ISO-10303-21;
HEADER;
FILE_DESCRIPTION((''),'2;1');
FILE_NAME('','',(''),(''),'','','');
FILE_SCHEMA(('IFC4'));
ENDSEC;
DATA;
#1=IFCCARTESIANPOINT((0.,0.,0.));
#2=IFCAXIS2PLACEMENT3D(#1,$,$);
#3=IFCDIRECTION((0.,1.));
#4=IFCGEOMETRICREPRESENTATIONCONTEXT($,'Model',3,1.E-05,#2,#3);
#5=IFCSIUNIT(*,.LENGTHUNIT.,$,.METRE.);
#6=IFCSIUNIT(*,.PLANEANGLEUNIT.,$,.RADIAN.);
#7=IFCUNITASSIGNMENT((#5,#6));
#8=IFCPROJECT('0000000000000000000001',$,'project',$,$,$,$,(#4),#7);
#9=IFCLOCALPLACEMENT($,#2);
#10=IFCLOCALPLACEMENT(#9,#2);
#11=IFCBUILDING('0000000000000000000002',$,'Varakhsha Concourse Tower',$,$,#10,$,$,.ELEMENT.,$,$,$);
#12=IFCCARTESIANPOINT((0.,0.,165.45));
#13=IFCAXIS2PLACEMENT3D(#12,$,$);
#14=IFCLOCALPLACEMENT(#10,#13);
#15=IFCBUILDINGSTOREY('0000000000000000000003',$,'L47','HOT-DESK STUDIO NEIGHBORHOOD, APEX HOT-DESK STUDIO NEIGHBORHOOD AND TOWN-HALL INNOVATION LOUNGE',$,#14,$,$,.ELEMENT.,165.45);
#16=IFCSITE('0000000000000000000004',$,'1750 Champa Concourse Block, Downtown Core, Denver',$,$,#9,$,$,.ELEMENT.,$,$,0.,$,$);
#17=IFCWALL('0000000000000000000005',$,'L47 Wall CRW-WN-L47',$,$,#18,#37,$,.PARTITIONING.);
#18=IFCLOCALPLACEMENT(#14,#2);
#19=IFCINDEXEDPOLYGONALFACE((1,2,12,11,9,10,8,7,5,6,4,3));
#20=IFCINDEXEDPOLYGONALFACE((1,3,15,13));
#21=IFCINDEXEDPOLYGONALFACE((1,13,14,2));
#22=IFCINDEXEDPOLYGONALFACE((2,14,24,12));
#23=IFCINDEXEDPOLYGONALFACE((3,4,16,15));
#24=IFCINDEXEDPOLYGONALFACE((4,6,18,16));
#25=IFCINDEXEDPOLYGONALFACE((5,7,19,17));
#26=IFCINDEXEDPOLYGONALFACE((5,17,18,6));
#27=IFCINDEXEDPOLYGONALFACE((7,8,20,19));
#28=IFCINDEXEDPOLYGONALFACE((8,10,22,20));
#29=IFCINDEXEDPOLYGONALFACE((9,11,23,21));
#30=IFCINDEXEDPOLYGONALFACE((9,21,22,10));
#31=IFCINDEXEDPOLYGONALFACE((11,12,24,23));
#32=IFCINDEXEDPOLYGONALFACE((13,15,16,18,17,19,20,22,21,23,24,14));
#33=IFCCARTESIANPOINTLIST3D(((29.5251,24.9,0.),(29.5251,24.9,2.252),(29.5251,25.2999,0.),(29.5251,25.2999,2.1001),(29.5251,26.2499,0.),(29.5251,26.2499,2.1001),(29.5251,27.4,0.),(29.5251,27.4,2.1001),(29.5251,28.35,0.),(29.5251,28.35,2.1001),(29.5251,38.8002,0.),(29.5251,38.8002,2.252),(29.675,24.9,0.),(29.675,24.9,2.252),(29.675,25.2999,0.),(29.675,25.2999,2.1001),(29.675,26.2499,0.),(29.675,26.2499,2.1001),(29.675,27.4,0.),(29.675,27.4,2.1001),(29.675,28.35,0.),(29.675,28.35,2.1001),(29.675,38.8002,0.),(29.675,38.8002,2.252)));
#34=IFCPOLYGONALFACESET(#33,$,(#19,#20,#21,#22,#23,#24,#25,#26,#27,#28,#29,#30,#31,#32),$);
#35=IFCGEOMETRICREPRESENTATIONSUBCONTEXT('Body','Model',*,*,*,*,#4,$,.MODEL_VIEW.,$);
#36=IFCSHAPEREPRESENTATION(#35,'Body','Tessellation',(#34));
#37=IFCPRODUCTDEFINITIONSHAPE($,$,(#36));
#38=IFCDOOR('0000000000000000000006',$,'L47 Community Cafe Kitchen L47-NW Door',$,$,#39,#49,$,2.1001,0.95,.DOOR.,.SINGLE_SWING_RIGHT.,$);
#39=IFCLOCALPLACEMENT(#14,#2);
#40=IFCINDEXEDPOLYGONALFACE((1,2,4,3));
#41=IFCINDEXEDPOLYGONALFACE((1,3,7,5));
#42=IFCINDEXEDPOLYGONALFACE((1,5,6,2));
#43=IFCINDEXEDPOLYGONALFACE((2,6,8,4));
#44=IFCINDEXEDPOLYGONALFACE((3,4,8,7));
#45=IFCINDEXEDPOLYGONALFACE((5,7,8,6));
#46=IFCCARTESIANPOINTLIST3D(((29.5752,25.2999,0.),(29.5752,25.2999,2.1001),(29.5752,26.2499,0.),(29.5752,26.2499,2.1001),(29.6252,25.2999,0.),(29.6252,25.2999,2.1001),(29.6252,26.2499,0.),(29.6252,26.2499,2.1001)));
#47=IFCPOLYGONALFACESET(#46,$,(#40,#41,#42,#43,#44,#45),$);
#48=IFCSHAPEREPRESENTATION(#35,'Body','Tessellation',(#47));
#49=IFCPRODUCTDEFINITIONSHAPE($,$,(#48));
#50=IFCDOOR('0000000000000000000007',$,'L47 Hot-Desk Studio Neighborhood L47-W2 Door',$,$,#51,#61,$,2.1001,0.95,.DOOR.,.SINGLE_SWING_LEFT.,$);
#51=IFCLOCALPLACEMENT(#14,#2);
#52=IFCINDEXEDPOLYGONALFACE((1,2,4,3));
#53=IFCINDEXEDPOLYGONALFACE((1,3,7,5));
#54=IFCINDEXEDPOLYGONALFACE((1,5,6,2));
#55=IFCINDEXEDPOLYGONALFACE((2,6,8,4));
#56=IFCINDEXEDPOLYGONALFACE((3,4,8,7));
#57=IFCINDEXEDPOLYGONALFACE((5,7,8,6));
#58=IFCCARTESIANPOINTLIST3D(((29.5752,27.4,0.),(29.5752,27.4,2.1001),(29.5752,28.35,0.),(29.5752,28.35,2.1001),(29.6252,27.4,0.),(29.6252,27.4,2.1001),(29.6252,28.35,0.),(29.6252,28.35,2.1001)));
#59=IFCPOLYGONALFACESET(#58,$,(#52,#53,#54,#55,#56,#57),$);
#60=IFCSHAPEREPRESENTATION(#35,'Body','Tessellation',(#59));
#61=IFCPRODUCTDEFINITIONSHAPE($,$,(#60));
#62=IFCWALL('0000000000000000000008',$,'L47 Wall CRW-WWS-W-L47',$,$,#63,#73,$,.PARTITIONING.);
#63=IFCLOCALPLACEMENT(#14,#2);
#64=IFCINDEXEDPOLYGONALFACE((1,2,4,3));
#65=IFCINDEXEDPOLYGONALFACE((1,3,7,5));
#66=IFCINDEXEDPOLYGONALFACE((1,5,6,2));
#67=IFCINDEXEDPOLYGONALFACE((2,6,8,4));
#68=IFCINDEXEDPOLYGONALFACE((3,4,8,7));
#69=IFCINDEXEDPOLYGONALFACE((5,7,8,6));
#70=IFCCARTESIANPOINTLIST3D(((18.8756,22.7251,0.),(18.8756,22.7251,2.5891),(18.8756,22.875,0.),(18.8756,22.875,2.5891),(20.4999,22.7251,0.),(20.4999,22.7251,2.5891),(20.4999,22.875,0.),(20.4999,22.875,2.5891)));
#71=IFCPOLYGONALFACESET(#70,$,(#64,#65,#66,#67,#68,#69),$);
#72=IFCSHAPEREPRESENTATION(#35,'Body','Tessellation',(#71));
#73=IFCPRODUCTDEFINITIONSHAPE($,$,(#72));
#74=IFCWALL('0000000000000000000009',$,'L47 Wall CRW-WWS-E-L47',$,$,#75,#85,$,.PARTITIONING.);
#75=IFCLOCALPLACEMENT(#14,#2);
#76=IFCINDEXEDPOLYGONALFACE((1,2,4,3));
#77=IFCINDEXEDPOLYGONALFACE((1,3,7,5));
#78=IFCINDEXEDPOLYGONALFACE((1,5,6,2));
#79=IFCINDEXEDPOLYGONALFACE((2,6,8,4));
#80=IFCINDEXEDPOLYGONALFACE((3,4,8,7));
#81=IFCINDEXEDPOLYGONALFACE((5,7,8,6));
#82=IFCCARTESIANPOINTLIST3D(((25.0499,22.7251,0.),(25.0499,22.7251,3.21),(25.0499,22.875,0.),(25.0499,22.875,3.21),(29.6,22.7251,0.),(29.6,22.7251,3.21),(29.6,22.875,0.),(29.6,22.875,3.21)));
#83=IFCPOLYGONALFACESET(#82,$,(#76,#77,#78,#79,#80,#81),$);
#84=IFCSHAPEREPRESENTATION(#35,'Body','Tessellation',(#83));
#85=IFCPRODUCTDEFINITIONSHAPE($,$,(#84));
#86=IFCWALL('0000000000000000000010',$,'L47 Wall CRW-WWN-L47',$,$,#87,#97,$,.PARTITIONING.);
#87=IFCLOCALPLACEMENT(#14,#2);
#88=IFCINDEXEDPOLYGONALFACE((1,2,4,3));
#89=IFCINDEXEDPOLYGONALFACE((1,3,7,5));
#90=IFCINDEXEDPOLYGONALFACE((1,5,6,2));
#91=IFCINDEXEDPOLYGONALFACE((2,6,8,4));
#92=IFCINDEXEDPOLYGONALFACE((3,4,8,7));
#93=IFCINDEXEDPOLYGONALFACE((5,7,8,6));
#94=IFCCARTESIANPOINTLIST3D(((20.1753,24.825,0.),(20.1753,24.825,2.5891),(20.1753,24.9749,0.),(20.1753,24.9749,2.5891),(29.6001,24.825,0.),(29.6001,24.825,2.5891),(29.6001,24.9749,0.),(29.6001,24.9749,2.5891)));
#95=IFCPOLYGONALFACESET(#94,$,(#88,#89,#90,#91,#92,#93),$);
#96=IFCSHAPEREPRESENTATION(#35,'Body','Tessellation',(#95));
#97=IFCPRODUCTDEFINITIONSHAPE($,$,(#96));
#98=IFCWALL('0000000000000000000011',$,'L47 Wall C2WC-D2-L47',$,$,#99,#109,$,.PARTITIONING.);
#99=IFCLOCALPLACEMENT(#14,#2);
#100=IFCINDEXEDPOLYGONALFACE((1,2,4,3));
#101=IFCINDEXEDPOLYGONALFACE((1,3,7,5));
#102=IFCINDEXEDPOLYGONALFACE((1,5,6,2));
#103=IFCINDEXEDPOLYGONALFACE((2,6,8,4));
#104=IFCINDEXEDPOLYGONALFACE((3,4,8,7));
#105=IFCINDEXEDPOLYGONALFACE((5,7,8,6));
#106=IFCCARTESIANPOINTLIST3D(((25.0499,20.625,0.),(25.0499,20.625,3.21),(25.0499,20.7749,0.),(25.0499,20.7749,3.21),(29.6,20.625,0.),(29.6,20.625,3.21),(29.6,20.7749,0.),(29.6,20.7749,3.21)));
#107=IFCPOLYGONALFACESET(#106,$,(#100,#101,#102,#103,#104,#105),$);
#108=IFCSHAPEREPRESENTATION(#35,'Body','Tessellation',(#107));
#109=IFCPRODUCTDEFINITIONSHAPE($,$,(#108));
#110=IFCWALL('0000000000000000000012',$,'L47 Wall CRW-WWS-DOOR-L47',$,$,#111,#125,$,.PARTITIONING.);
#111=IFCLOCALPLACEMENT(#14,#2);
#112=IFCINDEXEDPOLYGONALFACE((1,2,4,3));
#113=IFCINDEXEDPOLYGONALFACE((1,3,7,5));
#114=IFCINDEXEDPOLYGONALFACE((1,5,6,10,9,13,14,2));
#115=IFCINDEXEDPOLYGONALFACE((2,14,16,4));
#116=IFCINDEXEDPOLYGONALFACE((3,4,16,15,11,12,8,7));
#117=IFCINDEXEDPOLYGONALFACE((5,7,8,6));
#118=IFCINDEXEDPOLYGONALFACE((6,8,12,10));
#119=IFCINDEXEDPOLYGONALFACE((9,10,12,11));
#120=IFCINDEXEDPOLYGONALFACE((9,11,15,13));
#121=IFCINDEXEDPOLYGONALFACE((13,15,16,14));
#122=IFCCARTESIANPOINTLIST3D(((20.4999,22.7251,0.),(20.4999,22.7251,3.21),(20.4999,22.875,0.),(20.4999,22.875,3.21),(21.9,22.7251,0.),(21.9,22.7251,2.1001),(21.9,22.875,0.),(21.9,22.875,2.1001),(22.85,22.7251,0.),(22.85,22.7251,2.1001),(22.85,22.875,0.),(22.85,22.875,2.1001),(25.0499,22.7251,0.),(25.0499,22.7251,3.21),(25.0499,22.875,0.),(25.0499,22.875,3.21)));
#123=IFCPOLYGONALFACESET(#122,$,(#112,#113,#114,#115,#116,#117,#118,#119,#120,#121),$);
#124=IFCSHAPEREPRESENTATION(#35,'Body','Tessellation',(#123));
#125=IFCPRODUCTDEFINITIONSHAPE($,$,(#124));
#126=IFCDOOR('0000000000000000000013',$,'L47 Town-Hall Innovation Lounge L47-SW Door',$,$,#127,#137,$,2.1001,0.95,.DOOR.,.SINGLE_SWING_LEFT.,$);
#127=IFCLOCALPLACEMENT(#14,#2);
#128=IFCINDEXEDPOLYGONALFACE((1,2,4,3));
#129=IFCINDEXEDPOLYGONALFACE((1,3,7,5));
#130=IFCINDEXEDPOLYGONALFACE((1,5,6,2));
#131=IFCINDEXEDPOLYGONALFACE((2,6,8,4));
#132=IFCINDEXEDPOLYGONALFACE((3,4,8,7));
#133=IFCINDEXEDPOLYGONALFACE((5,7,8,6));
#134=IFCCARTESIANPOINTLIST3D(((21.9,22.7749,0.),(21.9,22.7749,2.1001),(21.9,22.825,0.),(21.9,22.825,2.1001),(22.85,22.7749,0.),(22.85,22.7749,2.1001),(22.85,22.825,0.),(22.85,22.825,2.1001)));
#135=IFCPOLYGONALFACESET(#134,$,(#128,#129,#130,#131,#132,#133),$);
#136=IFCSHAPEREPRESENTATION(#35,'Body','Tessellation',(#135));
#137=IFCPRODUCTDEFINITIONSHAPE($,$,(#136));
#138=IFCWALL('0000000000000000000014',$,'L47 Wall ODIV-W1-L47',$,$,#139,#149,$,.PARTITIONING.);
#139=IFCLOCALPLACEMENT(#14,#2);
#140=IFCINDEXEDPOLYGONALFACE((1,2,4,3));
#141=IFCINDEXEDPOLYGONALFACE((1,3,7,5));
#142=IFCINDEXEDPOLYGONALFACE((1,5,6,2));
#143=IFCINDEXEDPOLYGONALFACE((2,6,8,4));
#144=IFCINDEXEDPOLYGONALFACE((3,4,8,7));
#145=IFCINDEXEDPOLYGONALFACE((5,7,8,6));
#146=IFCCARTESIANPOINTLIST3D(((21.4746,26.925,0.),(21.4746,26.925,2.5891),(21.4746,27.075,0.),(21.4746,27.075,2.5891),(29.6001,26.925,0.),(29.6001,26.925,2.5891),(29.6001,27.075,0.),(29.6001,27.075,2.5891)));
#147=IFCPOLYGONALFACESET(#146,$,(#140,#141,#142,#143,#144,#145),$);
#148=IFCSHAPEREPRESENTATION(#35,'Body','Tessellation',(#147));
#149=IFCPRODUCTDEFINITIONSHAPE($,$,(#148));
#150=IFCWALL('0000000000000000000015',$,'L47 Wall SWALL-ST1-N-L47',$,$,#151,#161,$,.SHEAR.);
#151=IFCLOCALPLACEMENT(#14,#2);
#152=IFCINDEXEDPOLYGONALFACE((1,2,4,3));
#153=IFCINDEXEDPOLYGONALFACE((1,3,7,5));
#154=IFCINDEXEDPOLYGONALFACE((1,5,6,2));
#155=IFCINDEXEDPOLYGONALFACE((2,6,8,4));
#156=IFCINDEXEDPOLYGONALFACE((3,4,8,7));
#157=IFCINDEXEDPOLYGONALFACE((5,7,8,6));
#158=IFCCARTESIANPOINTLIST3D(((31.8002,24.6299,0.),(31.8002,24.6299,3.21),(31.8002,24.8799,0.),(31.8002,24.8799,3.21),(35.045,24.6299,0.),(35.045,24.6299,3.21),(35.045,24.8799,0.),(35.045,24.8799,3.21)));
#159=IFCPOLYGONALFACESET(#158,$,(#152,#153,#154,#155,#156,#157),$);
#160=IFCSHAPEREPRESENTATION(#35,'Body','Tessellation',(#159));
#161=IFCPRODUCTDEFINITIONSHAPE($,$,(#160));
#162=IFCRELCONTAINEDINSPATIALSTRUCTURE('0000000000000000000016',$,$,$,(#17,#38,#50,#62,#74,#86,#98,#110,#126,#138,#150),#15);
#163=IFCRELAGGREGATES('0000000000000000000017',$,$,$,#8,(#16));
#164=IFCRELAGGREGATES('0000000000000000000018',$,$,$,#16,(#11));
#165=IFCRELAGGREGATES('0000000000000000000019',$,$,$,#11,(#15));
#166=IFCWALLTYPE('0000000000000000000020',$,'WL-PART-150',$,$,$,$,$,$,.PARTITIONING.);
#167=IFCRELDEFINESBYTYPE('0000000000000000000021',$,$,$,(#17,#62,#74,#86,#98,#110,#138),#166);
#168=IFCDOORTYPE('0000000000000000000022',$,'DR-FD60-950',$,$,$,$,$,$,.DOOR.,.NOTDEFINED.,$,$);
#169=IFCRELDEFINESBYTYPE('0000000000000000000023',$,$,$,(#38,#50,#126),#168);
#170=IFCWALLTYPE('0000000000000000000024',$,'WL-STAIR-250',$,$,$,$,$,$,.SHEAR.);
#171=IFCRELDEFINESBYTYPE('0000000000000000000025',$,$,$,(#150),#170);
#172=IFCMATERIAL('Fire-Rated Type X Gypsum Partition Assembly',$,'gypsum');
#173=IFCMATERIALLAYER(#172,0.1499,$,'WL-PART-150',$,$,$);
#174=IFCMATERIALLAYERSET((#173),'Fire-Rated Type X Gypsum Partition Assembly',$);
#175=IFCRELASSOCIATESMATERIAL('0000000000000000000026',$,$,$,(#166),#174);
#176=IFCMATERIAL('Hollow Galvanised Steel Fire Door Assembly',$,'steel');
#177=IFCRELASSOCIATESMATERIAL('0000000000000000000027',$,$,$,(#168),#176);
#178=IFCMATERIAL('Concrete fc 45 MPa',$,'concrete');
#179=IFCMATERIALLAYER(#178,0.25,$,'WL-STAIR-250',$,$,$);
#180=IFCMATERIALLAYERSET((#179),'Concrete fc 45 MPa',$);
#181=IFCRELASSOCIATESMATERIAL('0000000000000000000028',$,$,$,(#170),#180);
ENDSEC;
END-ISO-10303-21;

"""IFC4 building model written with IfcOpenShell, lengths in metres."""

from ifc_helpers import new_model, si_unit, direction, frame, frame_2d, origin, place, context, subcontext, project, spatial, rectangle, extrude, material, layer, layer_set, type_object, element, fill, save


model = new_model("IFC4")

# Units and contexts
model_context = context("Model", 3, precision=1e-05, world=origin(), true_north=direction((0.0, 1.0)))
body_context = subcontext(model_context, "Body", "Model", "MODEL_VIEW")
ifc_project = project(units=[si_unit("LENGTHUNIT", "METRE"), si_unit("PLANEANGLEUNIT", "RADIAN")], contexts=[model_context])

# Site, building, storey
site_placement = place(None, origin())
site = spatial("IfcSite", under=ifc_project, at=site_placement, Name="1750 Champa Concourse Block, Downtown Core, Denver", CompositionType="ELEMENT", RefElevation=0.0)
building_placement = place(site_placement, origin())
building = spatial("IfcBuilding", under=site, at=building_placement, Name="Varakhsha Concourse Tower", CompositionType="ELEMENT")
storey_placement = place(building_placement, frame((0.0, 0.0, 165.45)))
storey = spatial("IfcBuildingStorey", under=building, at=storey_placement, Name="L47", Description="HOT-DESK STUDIO NEIGHBORHOOD, APEX HOT-DESK STUDIO NEIGHBORHOOD AND TOWN-HALL INNOVATION LOUNGE", CompositionType="ELEMENT", Elevation=165.45)

# Wall, openings, doors
ifc_material_1 = material(Name="Fire-Rated Type X Gypsum Partition Assembly", Category="gypsum")
ifc_layer_1 = layer(ifc_material_1, 0.1499, Name="WL-PART-150")
ifc_layer_set_1 = layer_set([ifc_layer_1], Name="Fire-Rated Type X Gypsum Partition Assembly")
wall_type_1 = type_object("IfcWallType", Name="WL-PART-150", PredefinedType="PARTITIONING", material=ifc_layer_set_1)
wall_1_placement = place(storey_placement, frame((29.6001, 24.8999, 0.0), z_axis=(0.0, 0.0, 1.0), x_axis=(0.0, 1.0, 0.0)))
wall_1 = element("IfcWall", 1, at=wall_1_placement, inside=storey, type_object=wall_type_1, Name="L47 Wall CRW-WN-L47", PredefinedType="PARTITIONING", context=body_context, shape_type="SweptSolid", body=[
    extrude(rectangle(XDim=13.9001, YDim=0.1499, at=frame_2d((6.9502, 0.0))), origin(), (0.0, 0.0, 1.0), 2.252),
])
opening_1_placement = place(wall_1_placement, frame((0.3999, 0.0, 0.0)))
opening_1 = element("IfcOpeningElement", 2, at=opening_1_placement, cuts=wall_1, PredefinedType="OPENING", context=body_context, shape_type="SweptSolid", body=[
    extrude(rectangle(XDim=0.95, YDim=2.1001, at=frame_2d((0.4751, 1.05))), frame((0.0, 0.085, 0.0), z_axis=(0.0, -1.0, 0.0), x_axis=(1.0, 0.0, 0.0)), (0.0, 0.0, 1.0), 0.1699),
])
opening_2_placement = place(wall_1_placement, frame((2.5, 0.0, 0.0)))
opening_2 = element("IfcOpeningElement", 3, at=opening_2_placement, cuts=wall_1, PredefinedType="OPENING", context=body_context, shape_type="SweptSolid", body=[
    extrude(rectangle(XDim=0.95, YDim=2.1001, at=frame_2d((0.4751, 1.05))), frame((0.0, 0.085, 0.0), z_axis=(0.0, -1.0, 0.0), x_axis=(1.0, 0.0, 0.0)), (0.0, 0.0, 1.0), 0.1699),
])
ifc_material_2 = material(Name="Hollow Galvanised Steel Fire Door Assembly", Category="steel")
door_type = type_object("IfcDoorType", Name="DR-FD60-950", OperationType="NOTDEFINED", PredefinedType="DOOR", material=ifc_material_2)
door_1_placement = place(opening_1_placement, origin())
door_1 = element("IfcDoor", 4, at=door_1_placement, inside=storey, type_object=door_type, Name="L47 Community Cafe Kitchen L47-NW Door", OperationType="SINGLE_SWING_RIGHT", OverallHeight=2.1001, OverallWidth=0.95, PredefinedType="DOOR", context=body_context, shape_type="SweptSolid", body=[
    extrude(rectangle(XDim=0.95, YDim=2.1001, at=frame_2d((0.4751, 1.05))), frame((0.0, 0.0249, 0.0), z_axis=(0.0, -1.0, 0.0), x_axis=(1.0, 0.0, 0.0)), (0.0, 0.0, 1.0), 0.05),
])
fill(opening_1, door_1)
door_2_placement = place(opening_2_placement, origin())
door_2 = element("IfcDoor", 5, at=door_2_placement, inside=storey, type_object=door_type, Name="L47 Hot-Desk Studio Neighborhood L47-W2 Door", OperationType="SINGLE_SWING_LEFT", OverallHeight=2.1001, OverallWidth=0.95, PredefinedType="DOOR", context=body_context, shape_type="SweptSolid", body=[
    extrude(rectangle(XDim=0.95, YDim=2.1001, at=frame_2d((0.4751, 1.05))), frame((0.0, 0.0249, 0.0), z_axis=(0.0, -1.0, 0.0), x_axis=(1.0, 0.0, 0.0)), (0.0, 0.0, 1.0), 0.05),
])
fill(opening_2, door_2)

# Walls
wall_2_placement = place(storey_placement, frame((18.8757, 22.8, 0.0), z_axis=(0.0, 0.0, 1.0), x_axis=(1.0, 0.0, 0.0)))
element("IfcWall", 6, at=wall_2_placement, inside=storey, type_object=wall_type_1, Name="L47 Wall CRW-WWS-W-L47", PredefinedType="PARTITIONING", context=body_context, shape_type="SweptSolid", body=[
    extrude(rectangle(XDim=1.6243, YDim=0.1499, at=frame_2d((0.812, 0.0))), origin(), (0.0, 0.0, 1.0), 2.5891),
])
wall_3_placement = place(storey_placement, frame((25.05, 22.8, 0.0), z_axis=(0.0, 0.0, 1.0), x_axis=(1.0, 0.0, 0.0)))
element("IfcWall", 7, at=wall_3_placement, inside=storey, type_object=wall_type_1, Name="L47 Wall CRW-WWS-E-L47", PredefinedType="PARTITIONING", context=body_context, shape_type="SweptSolid", body=[
    extrude(rectangle(XDim=4.55, YDim=0.1499, at=frame_2d((2.2749, 0.0))), origin(), (0.0, 0.0, 1.0), 3.21),
])
wall_4_placement = place(storey_placement, frame((20.1753, 24.8999, 0.0), z_axis=(0.0, 0.0, 1.0), x_axis=(1.0, 0.0, 0.0)))
element("IfcWall", 8, at=wall_4_placement, inside=storey, type_object=wall_type_1, Name="L47 Wall CRW-WWN-L47", PredefinedType="PARTITIONING", context=body_context, shape_type="SweptSolid", body=[
    extrude(rectangle(XDim=9.4248, YDim=0.1499, at=frame_2d((4.7124, 0.0))), origin(), (0.0, 0.0, 1.0), 2.5891),
])
wall_5_placement = place(storey_placement, frame((25.05, 20.7, 0.0), z_axis=(0.0, 0.0, 1.0), x_axis=(1.0, 0.0, 0.0)))
element("IfcWall", 9, at=wall_5_placement, inside=storey, type_object=wall_type_1, Name="L47 Wall C2WC-D2-L47", PredefinedType="PARTITIONING", context=body_context, shape_type="SweptSolid", body=[
    extrude(rectangle(XDim=4.55, YDim=0.1499, at=frame_2d((2.2749, 0.0))), origin(), (0.0, 0.0, 1.0), 3.21),
])

# Wall, opening, door
wall_6_placement = place(storey_placement, frame((20.5, 22.8, 0.0), z_axis=(0.0, 0.0, 1.0), x_axis=(1.0, 0.0, 0.0)))
wall_6 = element("IfcWall", 10, at=wall_6_placement, inside=storey, type_object=wall_type_1, Name="L47 Wall CRW-WWS-DOOR-L47", PredefinedType="PARTITIONING", context=body_context, shape_type="SweptSolid", body=[
    extrude(rectangle(XDim=4.55, YDim=0.1499, at=frame_2d((2.2749, 0.0))), origin(), (0.0, 0.0, 1.0), 3.21),
])
opening_3_placement = place(wall_6_placement, frame((1.3999, 0.0, 0.0)))
opening_3 = element("IfcOpeningElement", 11, at=opening_3_placement, cuts=wall_6, PredefinedType="OPENING", context=body_context, shape_type="SweptSolid", body=[
    extrude(rectangle(XDim=0.95, YDim=2.1001, at=frame_2d((0.4751, 1.05))), frame((0.0, 0.085, 0.0), z_axis=(0.0, -1.0, 0.0), x_axis=(1.0, 0.0, 0.0)), (0.0, 0.0, 1.0), 0.1699),
])
door_3_placement = place(opening_3_placement, origin())
door_3 = element("IfcDoor", 12, at=door_3_placement, inside=storey, type_object=door_type, Name="L47 Town-Hall Innovation Lounge L47-SW Door", OperationType="SINGLE_SWING_LEFT", OverallHeight=2.1001, OverallWidth=0.95, PredefinedType="DOOR", context=body_context, shape_type="SweptSolid", body=[
    extrude(rectangle(XDim=0.95, YDim=2.1001, at=frame_2d((0.4751, 1.05))), frame((0.0, 0.0249, 0.0), z_axis=(0.0, -1.0, 0.0), x_axis=(1.0, 0.0, 0.0)), (0.0, 0.0, 1.0), 0.05),
])
fill(opening_3, door_3)

# Walls
wall_7_placement = place(storey_placement, frame((21.4746, 27.0, 0.0), z_axis=(0.0, 0.0, 1.0), x_axis=(1.0, 0.0, 0.0)))
element("IfcWall", 13, at=wall_7_placement, inside=storey, type_object=wall_type_1, Name="L47 Wall ODIV-W1-L47", PredefinedType="PARTITIONING", context=body_context, shape_type="SweptSolid", body=[
    extrude(rectangle(XDim=8.1255, YDim=0.1499, at=frame_2d((4.0627, 0.0))), origin(), (0.0, 0.0, 1.0), 2.5891),
])
ifc_material_3 = material(Name="Concrete fc 45 MPa", Category="concrete")
ifc_layer_2 = layer(ifc_material_3, 0.25, Name="WL-STAIR-250")
ifc_layer_set_2 = layer_set([ifc_layer_2], Name="Concrete fc 45 MPa")
wall_type_2 = type_object("IfcWallType", Name="WL-STAIR-250", PredefinedType="SHEAR", material=ifc_layer_set_2)
wall_8_placement = place(storey_placement, frame((31.8, 24.7549, 0.0), z_axis=(0.0, 0.0, 1.0), x_axis=(1.0, 0.0, 0.0)))
element("IfcWall", 14, at=wall_8_placement, inside=storey, type_object=wall_type_2, Name="L47 Wall SWALL-ST1-N-L47", PredefinedType="SHEAR", context=body_context, shape_type="SweptSolid", body=[
    extrude(rectangle(XDim=3.2449, YDim=0.25, at=frame_2d((1.6226, 0.0))), origin(), (0.0, 0.0, 1.0), 3.21),
])

save(model, "model.ifc")
